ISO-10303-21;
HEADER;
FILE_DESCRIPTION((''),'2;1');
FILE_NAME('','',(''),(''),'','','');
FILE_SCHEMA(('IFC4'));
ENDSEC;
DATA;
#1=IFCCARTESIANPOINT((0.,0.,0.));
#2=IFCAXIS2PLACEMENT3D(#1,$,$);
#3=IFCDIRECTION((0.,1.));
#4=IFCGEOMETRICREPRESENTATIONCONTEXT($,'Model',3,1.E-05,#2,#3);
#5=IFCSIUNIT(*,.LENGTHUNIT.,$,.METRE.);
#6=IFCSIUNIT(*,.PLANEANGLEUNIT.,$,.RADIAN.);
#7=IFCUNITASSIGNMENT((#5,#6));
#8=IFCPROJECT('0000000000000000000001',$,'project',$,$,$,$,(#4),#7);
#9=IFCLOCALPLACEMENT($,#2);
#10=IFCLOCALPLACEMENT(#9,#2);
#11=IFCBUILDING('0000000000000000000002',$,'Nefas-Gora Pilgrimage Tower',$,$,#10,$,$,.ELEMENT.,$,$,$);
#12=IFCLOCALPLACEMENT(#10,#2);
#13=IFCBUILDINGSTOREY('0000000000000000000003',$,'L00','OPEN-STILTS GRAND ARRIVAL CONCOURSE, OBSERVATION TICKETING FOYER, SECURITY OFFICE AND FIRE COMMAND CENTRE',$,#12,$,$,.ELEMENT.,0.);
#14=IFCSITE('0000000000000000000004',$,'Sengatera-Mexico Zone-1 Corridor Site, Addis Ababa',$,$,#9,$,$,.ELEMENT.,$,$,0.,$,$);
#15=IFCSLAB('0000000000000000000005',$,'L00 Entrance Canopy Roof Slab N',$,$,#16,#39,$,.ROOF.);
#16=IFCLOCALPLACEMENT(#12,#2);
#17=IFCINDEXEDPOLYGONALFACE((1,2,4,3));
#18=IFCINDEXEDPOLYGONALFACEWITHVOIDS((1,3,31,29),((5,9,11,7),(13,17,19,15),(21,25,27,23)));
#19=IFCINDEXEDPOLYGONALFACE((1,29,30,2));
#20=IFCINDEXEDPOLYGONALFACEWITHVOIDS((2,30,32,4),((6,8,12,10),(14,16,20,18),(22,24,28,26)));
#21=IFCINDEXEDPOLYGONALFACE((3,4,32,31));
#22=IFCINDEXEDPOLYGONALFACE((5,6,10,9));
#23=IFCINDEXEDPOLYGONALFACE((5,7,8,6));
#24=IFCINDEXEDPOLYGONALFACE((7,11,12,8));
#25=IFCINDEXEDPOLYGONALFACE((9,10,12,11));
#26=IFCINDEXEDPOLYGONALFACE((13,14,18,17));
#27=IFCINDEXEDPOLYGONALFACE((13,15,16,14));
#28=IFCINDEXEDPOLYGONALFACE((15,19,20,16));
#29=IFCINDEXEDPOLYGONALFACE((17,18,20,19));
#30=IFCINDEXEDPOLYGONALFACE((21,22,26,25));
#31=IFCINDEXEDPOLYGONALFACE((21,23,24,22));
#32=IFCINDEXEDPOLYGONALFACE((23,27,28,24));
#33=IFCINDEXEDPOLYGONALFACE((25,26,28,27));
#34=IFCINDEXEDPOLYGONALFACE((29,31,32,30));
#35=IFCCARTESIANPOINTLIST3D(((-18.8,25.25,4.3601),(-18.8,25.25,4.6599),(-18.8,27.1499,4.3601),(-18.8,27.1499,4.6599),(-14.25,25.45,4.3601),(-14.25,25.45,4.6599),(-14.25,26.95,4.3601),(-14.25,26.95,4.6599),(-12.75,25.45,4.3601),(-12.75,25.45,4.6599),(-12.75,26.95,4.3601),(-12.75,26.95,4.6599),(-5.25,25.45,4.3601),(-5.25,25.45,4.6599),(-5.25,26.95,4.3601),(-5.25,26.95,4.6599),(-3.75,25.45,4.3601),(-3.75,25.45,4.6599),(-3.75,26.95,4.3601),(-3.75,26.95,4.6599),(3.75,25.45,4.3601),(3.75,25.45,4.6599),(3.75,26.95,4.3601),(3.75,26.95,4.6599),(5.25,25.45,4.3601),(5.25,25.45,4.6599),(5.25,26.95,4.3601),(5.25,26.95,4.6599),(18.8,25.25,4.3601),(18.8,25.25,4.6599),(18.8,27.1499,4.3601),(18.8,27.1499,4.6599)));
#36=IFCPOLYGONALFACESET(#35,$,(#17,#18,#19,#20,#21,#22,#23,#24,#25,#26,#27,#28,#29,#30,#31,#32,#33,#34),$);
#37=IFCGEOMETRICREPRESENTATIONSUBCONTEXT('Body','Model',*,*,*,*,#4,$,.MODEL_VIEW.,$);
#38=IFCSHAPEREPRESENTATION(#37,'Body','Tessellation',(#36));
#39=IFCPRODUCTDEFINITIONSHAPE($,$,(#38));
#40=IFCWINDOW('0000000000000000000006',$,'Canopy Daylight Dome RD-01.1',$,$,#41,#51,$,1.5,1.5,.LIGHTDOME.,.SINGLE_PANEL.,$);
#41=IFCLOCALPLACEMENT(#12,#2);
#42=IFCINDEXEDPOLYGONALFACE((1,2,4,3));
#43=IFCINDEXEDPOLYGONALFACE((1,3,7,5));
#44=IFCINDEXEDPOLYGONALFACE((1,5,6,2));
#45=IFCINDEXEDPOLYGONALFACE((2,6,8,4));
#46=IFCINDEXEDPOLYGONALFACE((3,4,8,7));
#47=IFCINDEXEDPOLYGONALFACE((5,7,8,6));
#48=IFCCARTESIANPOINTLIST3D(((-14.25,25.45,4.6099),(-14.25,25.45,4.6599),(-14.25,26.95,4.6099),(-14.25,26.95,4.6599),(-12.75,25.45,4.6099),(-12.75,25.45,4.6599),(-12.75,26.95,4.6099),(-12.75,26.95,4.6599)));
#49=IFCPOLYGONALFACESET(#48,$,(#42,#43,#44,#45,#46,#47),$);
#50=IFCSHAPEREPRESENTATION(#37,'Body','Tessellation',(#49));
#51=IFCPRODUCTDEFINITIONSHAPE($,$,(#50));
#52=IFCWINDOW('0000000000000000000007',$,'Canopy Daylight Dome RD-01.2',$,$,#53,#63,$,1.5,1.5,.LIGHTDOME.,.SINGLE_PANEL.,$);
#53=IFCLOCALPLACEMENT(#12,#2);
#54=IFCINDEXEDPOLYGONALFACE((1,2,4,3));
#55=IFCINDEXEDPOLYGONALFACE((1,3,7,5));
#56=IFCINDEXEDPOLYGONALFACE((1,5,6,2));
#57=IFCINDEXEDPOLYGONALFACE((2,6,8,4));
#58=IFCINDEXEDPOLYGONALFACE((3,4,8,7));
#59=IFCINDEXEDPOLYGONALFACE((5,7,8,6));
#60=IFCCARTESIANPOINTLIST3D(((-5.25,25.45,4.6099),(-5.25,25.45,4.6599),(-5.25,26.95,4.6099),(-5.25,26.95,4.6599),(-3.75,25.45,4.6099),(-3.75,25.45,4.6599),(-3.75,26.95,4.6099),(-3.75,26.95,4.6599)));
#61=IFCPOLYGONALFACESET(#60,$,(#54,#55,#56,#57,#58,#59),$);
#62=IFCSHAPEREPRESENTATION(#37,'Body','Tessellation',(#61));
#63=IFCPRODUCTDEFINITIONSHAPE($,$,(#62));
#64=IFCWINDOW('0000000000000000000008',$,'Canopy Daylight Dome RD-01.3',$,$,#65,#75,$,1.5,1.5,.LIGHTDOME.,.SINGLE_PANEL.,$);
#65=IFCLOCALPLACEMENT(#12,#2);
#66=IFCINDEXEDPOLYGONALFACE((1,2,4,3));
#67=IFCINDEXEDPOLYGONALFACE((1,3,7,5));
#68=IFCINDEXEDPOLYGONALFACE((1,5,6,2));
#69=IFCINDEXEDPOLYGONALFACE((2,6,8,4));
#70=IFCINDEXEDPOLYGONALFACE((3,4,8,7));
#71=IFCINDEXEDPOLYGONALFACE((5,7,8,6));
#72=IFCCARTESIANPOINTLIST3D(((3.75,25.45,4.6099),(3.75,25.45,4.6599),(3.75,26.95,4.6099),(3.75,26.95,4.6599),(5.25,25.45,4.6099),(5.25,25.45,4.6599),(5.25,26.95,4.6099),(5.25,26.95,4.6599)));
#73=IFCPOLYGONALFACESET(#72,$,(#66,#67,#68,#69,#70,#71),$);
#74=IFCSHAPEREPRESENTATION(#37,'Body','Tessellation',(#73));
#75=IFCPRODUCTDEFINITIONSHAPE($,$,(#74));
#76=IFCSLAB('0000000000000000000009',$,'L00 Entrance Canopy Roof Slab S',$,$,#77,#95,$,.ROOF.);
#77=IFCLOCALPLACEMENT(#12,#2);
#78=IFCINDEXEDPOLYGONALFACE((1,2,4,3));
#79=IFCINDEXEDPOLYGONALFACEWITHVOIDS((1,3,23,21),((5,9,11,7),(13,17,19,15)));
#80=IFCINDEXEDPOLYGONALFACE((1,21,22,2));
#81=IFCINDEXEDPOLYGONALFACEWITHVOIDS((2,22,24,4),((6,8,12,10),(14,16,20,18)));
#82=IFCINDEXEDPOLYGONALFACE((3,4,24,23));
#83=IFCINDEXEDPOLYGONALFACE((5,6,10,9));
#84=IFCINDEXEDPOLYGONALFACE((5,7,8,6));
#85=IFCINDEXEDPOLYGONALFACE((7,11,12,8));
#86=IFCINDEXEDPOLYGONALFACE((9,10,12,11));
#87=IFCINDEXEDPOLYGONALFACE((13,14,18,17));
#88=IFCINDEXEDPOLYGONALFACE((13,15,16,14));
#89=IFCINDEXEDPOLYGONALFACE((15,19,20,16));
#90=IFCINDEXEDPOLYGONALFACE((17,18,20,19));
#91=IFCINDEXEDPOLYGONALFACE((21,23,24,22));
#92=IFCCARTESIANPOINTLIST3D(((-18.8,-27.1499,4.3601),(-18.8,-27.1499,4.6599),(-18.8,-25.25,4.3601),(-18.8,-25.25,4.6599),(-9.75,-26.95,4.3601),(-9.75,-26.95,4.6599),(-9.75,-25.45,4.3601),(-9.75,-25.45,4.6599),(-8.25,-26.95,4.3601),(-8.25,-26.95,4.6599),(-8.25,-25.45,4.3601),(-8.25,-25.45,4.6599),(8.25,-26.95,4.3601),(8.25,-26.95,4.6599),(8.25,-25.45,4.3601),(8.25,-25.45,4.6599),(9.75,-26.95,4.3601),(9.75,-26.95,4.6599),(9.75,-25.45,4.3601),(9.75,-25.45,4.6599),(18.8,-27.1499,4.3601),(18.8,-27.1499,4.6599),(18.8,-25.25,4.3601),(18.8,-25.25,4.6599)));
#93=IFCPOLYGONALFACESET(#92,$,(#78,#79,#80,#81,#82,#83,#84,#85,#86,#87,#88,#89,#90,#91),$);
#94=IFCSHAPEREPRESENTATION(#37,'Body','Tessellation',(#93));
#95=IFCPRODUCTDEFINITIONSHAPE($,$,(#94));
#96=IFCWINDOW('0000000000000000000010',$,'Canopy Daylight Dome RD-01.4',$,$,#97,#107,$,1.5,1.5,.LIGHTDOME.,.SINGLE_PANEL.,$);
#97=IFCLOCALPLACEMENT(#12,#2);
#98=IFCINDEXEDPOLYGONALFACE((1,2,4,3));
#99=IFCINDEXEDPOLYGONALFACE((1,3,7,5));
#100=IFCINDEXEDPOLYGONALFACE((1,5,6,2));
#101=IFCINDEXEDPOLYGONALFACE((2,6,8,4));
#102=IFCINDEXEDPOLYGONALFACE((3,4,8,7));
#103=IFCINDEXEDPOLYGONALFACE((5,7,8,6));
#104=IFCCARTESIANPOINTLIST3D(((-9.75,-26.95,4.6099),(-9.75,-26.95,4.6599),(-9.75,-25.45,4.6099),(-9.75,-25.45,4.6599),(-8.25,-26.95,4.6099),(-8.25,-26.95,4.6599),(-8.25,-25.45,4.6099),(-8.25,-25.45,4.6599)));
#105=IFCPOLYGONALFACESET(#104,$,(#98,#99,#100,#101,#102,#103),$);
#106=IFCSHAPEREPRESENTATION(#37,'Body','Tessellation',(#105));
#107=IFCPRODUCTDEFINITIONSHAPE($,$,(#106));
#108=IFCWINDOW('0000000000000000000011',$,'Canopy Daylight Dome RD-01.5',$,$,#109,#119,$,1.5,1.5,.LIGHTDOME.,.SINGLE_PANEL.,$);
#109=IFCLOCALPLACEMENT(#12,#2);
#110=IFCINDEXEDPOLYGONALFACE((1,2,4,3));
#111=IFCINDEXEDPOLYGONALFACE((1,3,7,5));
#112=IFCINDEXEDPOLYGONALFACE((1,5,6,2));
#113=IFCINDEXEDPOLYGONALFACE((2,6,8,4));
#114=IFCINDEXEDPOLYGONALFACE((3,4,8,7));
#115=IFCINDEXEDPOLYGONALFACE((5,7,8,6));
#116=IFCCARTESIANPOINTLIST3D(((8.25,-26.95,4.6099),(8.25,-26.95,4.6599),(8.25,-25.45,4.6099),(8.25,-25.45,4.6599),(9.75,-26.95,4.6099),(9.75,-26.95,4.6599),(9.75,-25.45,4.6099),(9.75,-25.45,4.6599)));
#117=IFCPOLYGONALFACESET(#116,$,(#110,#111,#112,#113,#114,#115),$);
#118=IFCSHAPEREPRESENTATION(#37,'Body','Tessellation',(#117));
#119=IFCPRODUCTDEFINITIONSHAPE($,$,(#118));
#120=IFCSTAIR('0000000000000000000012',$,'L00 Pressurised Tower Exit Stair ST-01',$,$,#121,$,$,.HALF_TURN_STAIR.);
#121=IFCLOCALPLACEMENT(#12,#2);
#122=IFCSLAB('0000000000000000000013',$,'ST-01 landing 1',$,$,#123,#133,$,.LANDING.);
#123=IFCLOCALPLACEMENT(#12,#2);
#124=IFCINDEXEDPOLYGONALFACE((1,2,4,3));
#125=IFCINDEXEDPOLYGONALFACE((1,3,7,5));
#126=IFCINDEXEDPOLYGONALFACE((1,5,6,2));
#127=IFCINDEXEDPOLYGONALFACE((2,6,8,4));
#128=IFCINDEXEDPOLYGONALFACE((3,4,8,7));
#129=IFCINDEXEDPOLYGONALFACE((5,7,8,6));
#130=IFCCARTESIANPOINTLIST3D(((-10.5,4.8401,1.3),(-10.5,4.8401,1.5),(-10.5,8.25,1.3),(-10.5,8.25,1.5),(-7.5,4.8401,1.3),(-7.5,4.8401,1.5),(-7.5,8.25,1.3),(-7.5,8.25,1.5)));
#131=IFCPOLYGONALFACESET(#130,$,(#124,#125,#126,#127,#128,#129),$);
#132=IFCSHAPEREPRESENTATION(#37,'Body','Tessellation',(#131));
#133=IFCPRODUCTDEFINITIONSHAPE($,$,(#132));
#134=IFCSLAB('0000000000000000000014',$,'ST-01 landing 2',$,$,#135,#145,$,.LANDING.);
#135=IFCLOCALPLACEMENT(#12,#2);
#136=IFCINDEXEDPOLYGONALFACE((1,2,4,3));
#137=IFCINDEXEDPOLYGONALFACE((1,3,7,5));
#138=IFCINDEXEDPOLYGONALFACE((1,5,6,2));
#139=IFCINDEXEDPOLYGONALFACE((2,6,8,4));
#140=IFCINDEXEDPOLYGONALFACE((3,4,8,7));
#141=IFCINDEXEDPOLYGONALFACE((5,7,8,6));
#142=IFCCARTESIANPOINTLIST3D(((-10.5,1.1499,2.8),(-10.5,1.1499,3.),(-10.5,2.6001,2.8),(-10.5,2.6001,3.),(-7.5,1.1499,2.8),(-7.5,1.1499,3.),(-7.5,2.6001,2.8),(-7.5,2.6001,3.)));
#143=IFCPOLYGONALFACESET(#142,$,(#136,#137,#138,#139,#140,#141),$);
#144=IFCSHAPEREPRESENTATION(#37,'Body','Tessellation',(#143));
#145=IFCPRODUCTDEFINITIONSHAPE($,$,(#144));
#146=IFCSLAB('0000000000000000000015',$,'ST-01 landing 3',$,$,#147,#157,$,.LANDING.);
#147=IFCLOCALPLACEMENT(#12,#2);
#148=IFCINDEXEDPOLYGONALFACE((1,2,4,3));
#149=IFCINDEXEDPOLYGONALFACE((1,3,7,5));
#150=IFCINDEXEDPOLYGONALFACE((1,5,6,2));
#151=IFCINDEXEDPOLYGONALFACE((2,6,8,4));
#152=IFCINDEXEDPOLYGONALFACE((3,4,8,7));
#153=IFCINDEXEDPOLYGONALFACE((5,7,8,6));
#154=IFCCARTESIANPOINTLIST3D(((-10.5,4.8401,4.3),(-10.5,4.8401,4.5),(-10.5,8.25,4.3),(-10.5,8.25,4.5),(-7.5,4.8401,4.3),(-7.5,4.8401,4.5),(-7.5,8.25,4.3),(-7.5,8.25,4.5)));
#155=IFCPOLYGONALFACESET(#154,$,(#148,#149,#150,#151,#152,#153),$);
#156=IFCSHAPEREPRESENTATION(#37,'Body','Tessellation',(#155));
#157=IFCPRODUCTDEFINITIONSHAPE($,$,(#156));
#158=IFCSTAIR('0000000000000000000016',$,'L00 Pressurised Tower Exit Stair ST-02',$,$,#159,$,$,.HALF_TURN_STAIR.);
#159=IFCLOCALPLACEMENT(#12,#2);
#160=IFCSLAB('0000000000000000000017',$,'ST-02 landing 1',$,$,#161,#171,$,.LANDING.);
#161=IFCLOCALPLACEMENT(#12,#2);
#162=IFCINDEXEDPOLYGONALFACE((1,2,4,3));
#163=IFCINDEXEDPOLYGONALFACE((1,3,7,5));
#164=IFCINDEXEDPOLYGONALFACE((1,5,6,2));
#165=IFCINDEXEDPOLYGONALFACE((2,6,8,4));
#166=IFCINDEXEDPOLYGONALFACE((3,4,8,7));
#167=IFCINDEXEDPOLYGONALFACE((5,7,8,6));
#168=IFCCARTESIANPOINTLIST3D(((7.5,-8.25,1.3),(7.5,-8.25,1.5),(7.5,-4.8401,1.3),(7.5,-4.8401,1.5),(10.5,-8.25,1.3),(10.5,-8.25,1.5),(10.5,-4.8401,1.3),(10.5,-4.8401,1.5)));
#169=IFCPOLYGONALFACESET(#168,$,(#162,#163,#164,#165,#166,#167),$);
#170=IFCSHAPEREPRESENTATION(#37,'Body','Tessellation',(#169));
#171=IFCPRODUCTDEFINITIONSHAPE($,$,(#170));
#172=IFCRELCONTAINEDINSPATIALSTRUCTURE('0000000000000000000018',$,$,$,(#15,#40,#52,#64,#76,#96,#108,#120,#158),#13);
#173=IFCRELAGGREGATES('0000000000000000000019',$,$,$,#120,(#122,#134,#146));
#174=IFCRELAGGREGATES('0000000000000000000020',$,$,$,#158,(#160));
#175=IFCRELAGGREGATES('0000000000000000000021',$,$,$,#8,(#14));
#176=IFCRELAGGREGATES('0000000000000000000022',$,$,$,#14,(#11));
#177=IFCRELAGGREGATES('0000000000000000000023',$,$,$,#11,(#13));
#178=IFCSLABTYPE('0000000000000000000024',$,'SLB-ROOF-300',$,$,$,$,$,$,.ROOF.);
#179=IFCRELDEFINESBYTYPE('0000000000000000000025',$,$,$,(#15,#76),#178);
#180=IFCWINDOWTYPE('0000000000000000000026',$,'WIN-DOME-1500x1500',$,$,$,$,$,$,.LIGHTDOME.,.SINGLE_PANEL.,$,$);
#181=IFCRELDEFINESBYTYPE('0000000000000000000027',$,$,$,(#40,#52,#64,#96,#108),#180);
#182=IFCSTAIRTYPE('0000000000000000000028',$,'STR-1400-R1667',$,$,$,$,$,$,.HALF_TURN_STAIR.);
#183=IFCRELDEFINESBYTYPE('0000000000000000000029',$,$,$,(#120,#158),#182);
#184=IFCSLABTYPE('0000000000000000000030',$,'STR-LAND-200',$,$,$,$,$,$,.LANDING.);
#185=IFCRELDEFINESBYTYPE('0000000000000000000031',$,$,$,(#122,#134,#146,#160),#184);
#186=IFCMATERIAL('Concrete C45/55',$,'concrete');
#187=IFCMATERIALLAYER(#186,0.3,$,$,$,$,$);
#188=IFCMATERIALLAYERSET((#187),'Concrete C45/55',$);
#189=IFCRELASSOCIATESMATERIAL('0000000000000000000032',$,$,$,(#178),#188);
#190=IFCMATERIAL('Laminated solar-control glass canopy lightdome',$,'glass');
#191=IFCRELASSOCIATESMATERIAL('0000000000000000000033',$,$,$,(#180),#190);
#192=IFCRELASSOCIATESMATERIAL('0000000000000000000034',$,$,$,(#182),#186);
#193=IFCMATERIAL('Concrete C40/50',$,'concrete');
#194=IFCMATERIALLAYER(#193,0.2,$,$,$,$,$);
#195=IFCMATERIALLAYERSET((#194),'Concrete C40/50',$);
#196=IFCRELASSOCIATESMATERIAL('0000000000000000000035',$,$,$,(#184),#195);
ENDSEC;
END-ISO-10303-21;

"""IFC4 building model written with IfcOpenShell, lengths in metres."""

from ifc_helpers import new_model, si_unit, direction, frame, origin, origin_2d, place, context, subcontext, project, spatial, polyline, rectangle, outline, extrude, material, layer, layer_set, type_object, element, fill, aggregate, save


model = new_model("IFC4")

# Units and contexts
model_context = context("Model", 3, precision=1e-05, world=origin(), true_north=direction((0.0, 1.0)))
body_context = subcontext(model_context, "Body", "Model", "MODEL_VIEW")
ifc_project = project(units=[si_unit("LENGTHUNIT", "METRE"), si_unit("PLANEANGLEUNIT", "RADIAN")], contexts=[model_context])

# Site, building, storey
site_placement = place(None, origin())
site = spatial("IfcSite", under=ifc_project, at=site_placement, Name="Sengatera-Mexico Zone-1 Corridor Site, Addis Ababa", CompositionType="ELEMENT", RefElevation=0.0)
building_placement = place(site_placement, origin())
building = spatial("IfcBuilding", under=site, at=building_placement, Name="Nefas-Gora Pilgrimage Tower", CompositionType="ELEMENT")
storey_placement = place(building_placement, origin())
storey = spatial("IfcBuildingStorey", under=building, at=storey_placement, Name="L00", Description="OPEN-STILTS GRAND ARRIVAL CONCOURSE, OBSERVATION TICKETING FOYER, SECURITY OFFICE AND FIRE COMMAND CENTRE", CompositionType="ELEMENT", Elevation=0.0)

# Shared definitions
ifc_material_1 = material(Name="Concrete C40/50", Category="concrete")
ifc_material_2 = material(Name="Concrete C45/55", Category="concrete")

# Slabs, openings, windows
ifc_layer_1 = layer(ifc_material_2, 0.3)
ifc_layer_set_1 = layer_set([ifc_layer_1], Name="Concrete C45/55")
slab_type_1 = type_object("IfcSlabType", Name="SLB-ROOF-300", PredefinedType="ROOF", material=ifc_layer_set_1)
slab_1_placement = place(storey_placement, frame((0.0, 0.0, 4.3601)))
slab_1 = element("IfcSlab", 1, at=slab_1_placement, inside=storey, type_object=slab_type_1, Name="L00 Entrance Canopy Roof Slab N", PredefinedType="ROOF", context=body_context, shape_type="SweptSolid", body=[
    extrude(outline(polyline([(-18.8, 25.25), (18.8, 25.25), (18.8, 27.1499), (-18.8, 27.1499), (-18.8, 25.25)]), holes=[polyline([(-14.25, 25.45), (-14.25, 26.95), (-12.75, 26.95), (-12.75, 25.45), (-14.25, 25.45)]), polyline([(-5.25, 25.45), (-5.25, 26.95), (-3.75, 26.95), (-3.75, 25.45), (-5.25, 25.45)]), polyline([(3.75, 25.45), (3.75, 26.95), (5.25, 26.95), (5.25, 25.45), (3.75, 25.45)])]), origin(), (0.0, 0.0, 1.0), 0.2998),
])
opening_1_placement = place(slab_1_placement, frame((-13.5, 26.2, 0.0)))
opening_1 = element("IfcOpeningElement", 2, at=opening_1_placement, cuts=slab_1, PredefinedType="OPENING", context=body_context, shape_type="SweptSolid", body=[
    extrude(rectangle(XDim=1.5, YDim=1.5, at=origin_2d()), frame((0.0, 0.0, -0.01)), (0.0, 0.0, 1.0), 0.3198),
])
opening_2_placement = place(slab_1_placement, frame((-4.5, 26.2, 0.0)))
opening_2 = element("IfcOpeningElement", 3, at=opening_2_placement, cuts=slab_1, PredefinedType="OPENING", context=body_context, shape_type="SweptSolid", body=[
    extrude(rectangle(XDim=1.5, YDim=1.5, at=origin_2d()), frame((0.0, 0.0, -0.01)), (0.0, 0.0, 1.0), 0.3198),
])
opening_3_placement = place(slab_1_placement, frame((4.5, 26.2, 0.0)))
opening_3 = element("IfcOpeningElement", 4, at=opening_3_placement, cuts=slab_1, PredefinedType="OPENING", context=body_context, shape_type="SweptSolid", body=[
    extrude(rectangle(XDim=1.5, YDim=1.5, at=origin_2d()), frame((0.0, 0.0, -0.01)), (0.0, 0.0, 1.0), 0.3198),
])
ifc_material_3 = material(Name="Laminated solar-control glass canopy lightdome", Category="glass")
window_type = type_object("IfcWindowType", Name="WIN-DOME-1500x1500", PartitioningType="SINGLE_PANEL", PredefinedType="LIGHTDOME", material=ifc_material_3)
window_1_placement = place(opening_1_placement, frame((0.0, 0.0, 0.2498)))
window_1 = element("IfcWindow", 5, at=window_1_placement, inside=storey, type_object=window_type, Name="Canopy Daylight Dome RD-01.1", OverallHeight=1.5, OverallWidth=1.5, PartitioningType="SINGLE_PANEL", PredefinedType="LIGHTDOME", context=body_context, shape_type="SweptSolid", body=[
    extrude(rectangle(XDim=1.5, YDim=1.5, at=origin_2d()), origin(), (0.0, 0.0, 1.0), 0.05),
])
fill(opening_1, window_1)
window_2_placement = place(opening_2_placement, frame((0.0, 0.0, 0.2498)))
window_2 = element("IfcWindow", 6, at=window_2_placement, inside=storey, type_object=window_type, Name="Canopy Daylight Dome RD-01.2", OverallHeight=1.5, OverallWidth=1.5, PartitioningType="SINGLE_PANEL", PredefinedType="LIGHTDOME", context=body_context, shape_type="SweptSolid", body=[
    extrude(rectangle(XDim=1.5, YDim=1.5, at=origin_2d()), origin(), (0.0, 0.0, 1.0), 0.05),
])
fill(opening_2, window_2)
window_3_placement = place(opening_3_placement, frame((0.0, 0.0, 0.2498)))
window_3 = element("IfcWindow", 7, at=window_3_placement, inside=storey, type_object=window_type, Name="Canopy Daylight Dome RD-01.3", OverallHeight=1.5, OverallWidth=1.5, PartitioningType="SINGLE_PANEL", PredefinedType="LIGHTDOME", context=body_context, shape_type="SweptSolid", body=[
    extrude(rectangle(XDim=1.5, YDim=1.5, at=origin_2d()), origin(), (0.0, 0.0, 1.0), 0.05),
])
fill(opening_3, window_3)
slab_2_placement = place(storey_placement, frame((0.0, 0.0, 4.3601)))
slab_2 = element("IfcSlab", 8, at=slab_2_placement, inside=storey, type_object=slab_type_1, Name="L00 Entrance Canopy Roof Slab S", PredefinedType="ROOF", context=body_context, shape_type="SweptSolid", body=[
    extrude(outline(polyline([(-18.8, -27.1499), (18.8, -27.1499), (18.8, -25.25), (-18.8, -25.25), (-18.8, -27.1499)]), holes=[polyline([(-9.75, -26.95), (-9.75, -25.45), (-8.25, -25.45), (-8.25, -26.95), (-9.75, -26.95)]), polyline([(8.25, -26.95), (8.25, -25.45), (9.75, -25.45), (9.75, -26.95), (8.25, -26.95)])]), origin(), (0.0, 0.0, 1.0), 0.2998),
])
opening_4_placement = place(slab_2_placement, frame((-9.0, -26.2, 0.0)))
opening_4 = element("IfcOpeningElement", 9, at=opening_4_placement, cuts=slab_2, PredefinedType="OPENING", context=body_context, shape_type="SweptSolid", body=[
    extrude(rectangle(XDim=1.5, YDim=1.5, at=origin_2d()), frame((0.0, 0.0, -0.01)), (0.0, 0.0, 1.0), 0.3198),
])
opening_5_placement = place(slab_2_placement, frame((9.0, -26.2, 0.0)))
opening_5 = element("IfcOpeningElement", 10, at=opening_5_placement, cuts=slab_2, PredefinedType="OPENING", context=body_context, shape_type="SweptSolid", body=[
    extrude(rectangle(XDim=1.5, YDim=1.5, at=origin_2d()), frame((0.0, 0.0, -0.01)), (0.0, 0.0, 1.0), 0.3198),
])
window_4_placement = place(opening_4_placement, frame((0.0, 0.0, 0.2498)))
window_4 = element("IfcWindow", 11, at=window_4_placement, inside=storey, type_object=window_type, Name="Canopy Daylight Dome RD-01.4", OverallHeight=1.5, OverallWidth=1.5, PartitioningType="SINGLE_PANEL", PredefinedType="LIGHTDOME", context=body_context, shape_type="SweptSolid", body=[
    extrude(rectangle(XDim=1.5, YDim=1.5, at=origin_2d()), origin(), (0.0, 0.0, 1.0), 0.05),
])
fill(opening_4, window_4)
window_5_placement = place(opening_5_placement, frame((0.0, 0.0, 0.2498)))
window_5 = element("IfcWindow", 12, at=window_5_placement, inside=storey, type_object=window_type, Name="Canopy Daylight Dome RD-01.5", OverallHeight=1.5, OverallWidth=1.5, PartitioningType="SINGLE_PANEL", PredefinedType="LIGHTDOME", context=body_context, shape_type="SweptSolid", body=[
    extrude(rectangle(XDim=1.5, YDim=1.5, at=origin_2d()), origin(), (0.0, 0.0, 1.0), 0.05),
])
fill(opening_5, window_5)

# Stairs, slabs
stair_type_1 = type_object("IfcStairType", Name="STR-1400-R1667", PredefinedType="HALF_TURN_STAIR", material=ifc_material_2)
stair_1_placement = place(storey_placement, origin())
stair_1 = element("IfcStair", 13, at=stair_1_placement, inside=storey, type_object=stair_type_1, Name="L00 Pressurised Tower Exit Stair ST-01", PredefinedType="HALF_TURN_STAIR")
ifc_layer_2 = layer(ifc_material_1, 0.2)
ifc_layer_set_2 = layer_set([ifc_layer_2], Name="Concrete C40/50")
slab_type_2 = type_object("IfcSlabType", Name="STR-LAND-200", PredefinedType="LANDING", material=ifc_layer_set_2)
slab_3_placement = place(storey_placement, frame((0.0, 0.0, 1.3)))
slab_3 = element("IfcSlab", 14, at=slab_3_placement, type_object=slab_type_2, Name="ST-01 landing 1", PredefinedType="LANDING", context=body_context, shape_type="SweptSolid", body=[
    extrude(outline(polyline([(-7.5, 4.8401), (-7.5, 8.25), (-10.5, 8.25), (-10.5, 4.8401), (-7.5, 4.8401)])), origin(), (0.0, 0.0, 1.0), 0.2),
])
slab_4_placement = place(storey_placement, frame((0.0, 0.0, 2.8)))
slab_4 = element("IfcSlab", 15, at=slab_4_placement, type_object=slab_type_2, Name="ST-01 landing 2", PredefinedType="LANDING", context=body_context, shape_type="SweptSolid", body=[
    extrude(outline(polyline([(-7.5, 1.1499), (-7.5, 2.6001), (-10.5, 2.6001), (-10.5, 1.1499), (-7.5, 1.1499)])), origin(), (0.0, 0.0, 1.0), 0.2),
])
slab_5_placement = place(storey_placement, frame((0.0, 0.0, 4.3)))
slab_5 = element("IfcSlab", 16, at=slab_5_placement, type_object=slab_type_2, Name="ST-01 landing 3", PredefinedType="LANDING", context=body_context, shape_type="SweptSolid", body=[
    extrude(outline(polyline([(-7.5, 4.8401), (-7.5, 8.25), (-10.5, 8.25), (-10.5, 4.8401), (-7.5, 4.8401)])), origin(), (0.0, 0.0, 1.0), 0.2),
])
aggregate(stair_1, [slab_3, slab_4, slab_5])
stair_2_placement = place(storey_placement, origin())
stair_2 = element("IfcStair", 17, at=stair_2_placement, inside=storey, type_object=stair_type_1, Name="L00 Pressurised Tower Exit Stair ST-02", PredefinedType="HALF_TURN_STAIR")
slab_6_placement = place(storey_placement, frame((0.0, 0.0, 1.3)))
slab_6 = element("IfcSlab", 18, at=slab_6_placement, type_object=slab_type_2, Name="ST-02 landing 1", PredefinedType="LANDING", context=body_context, shape_type="SweptSolid", body=[
    extrude(outline(polyline([(7.5, -4.8401), (7.5, -8.25), (10.5, -8.25), (10.5, -4.8401), (7.5, -4.8401)])), origin(), (0.0, 0.0, 1.0), 0.2),
])
aggregate(stair_2, [slab_6])

save(model, "model.ifc")
